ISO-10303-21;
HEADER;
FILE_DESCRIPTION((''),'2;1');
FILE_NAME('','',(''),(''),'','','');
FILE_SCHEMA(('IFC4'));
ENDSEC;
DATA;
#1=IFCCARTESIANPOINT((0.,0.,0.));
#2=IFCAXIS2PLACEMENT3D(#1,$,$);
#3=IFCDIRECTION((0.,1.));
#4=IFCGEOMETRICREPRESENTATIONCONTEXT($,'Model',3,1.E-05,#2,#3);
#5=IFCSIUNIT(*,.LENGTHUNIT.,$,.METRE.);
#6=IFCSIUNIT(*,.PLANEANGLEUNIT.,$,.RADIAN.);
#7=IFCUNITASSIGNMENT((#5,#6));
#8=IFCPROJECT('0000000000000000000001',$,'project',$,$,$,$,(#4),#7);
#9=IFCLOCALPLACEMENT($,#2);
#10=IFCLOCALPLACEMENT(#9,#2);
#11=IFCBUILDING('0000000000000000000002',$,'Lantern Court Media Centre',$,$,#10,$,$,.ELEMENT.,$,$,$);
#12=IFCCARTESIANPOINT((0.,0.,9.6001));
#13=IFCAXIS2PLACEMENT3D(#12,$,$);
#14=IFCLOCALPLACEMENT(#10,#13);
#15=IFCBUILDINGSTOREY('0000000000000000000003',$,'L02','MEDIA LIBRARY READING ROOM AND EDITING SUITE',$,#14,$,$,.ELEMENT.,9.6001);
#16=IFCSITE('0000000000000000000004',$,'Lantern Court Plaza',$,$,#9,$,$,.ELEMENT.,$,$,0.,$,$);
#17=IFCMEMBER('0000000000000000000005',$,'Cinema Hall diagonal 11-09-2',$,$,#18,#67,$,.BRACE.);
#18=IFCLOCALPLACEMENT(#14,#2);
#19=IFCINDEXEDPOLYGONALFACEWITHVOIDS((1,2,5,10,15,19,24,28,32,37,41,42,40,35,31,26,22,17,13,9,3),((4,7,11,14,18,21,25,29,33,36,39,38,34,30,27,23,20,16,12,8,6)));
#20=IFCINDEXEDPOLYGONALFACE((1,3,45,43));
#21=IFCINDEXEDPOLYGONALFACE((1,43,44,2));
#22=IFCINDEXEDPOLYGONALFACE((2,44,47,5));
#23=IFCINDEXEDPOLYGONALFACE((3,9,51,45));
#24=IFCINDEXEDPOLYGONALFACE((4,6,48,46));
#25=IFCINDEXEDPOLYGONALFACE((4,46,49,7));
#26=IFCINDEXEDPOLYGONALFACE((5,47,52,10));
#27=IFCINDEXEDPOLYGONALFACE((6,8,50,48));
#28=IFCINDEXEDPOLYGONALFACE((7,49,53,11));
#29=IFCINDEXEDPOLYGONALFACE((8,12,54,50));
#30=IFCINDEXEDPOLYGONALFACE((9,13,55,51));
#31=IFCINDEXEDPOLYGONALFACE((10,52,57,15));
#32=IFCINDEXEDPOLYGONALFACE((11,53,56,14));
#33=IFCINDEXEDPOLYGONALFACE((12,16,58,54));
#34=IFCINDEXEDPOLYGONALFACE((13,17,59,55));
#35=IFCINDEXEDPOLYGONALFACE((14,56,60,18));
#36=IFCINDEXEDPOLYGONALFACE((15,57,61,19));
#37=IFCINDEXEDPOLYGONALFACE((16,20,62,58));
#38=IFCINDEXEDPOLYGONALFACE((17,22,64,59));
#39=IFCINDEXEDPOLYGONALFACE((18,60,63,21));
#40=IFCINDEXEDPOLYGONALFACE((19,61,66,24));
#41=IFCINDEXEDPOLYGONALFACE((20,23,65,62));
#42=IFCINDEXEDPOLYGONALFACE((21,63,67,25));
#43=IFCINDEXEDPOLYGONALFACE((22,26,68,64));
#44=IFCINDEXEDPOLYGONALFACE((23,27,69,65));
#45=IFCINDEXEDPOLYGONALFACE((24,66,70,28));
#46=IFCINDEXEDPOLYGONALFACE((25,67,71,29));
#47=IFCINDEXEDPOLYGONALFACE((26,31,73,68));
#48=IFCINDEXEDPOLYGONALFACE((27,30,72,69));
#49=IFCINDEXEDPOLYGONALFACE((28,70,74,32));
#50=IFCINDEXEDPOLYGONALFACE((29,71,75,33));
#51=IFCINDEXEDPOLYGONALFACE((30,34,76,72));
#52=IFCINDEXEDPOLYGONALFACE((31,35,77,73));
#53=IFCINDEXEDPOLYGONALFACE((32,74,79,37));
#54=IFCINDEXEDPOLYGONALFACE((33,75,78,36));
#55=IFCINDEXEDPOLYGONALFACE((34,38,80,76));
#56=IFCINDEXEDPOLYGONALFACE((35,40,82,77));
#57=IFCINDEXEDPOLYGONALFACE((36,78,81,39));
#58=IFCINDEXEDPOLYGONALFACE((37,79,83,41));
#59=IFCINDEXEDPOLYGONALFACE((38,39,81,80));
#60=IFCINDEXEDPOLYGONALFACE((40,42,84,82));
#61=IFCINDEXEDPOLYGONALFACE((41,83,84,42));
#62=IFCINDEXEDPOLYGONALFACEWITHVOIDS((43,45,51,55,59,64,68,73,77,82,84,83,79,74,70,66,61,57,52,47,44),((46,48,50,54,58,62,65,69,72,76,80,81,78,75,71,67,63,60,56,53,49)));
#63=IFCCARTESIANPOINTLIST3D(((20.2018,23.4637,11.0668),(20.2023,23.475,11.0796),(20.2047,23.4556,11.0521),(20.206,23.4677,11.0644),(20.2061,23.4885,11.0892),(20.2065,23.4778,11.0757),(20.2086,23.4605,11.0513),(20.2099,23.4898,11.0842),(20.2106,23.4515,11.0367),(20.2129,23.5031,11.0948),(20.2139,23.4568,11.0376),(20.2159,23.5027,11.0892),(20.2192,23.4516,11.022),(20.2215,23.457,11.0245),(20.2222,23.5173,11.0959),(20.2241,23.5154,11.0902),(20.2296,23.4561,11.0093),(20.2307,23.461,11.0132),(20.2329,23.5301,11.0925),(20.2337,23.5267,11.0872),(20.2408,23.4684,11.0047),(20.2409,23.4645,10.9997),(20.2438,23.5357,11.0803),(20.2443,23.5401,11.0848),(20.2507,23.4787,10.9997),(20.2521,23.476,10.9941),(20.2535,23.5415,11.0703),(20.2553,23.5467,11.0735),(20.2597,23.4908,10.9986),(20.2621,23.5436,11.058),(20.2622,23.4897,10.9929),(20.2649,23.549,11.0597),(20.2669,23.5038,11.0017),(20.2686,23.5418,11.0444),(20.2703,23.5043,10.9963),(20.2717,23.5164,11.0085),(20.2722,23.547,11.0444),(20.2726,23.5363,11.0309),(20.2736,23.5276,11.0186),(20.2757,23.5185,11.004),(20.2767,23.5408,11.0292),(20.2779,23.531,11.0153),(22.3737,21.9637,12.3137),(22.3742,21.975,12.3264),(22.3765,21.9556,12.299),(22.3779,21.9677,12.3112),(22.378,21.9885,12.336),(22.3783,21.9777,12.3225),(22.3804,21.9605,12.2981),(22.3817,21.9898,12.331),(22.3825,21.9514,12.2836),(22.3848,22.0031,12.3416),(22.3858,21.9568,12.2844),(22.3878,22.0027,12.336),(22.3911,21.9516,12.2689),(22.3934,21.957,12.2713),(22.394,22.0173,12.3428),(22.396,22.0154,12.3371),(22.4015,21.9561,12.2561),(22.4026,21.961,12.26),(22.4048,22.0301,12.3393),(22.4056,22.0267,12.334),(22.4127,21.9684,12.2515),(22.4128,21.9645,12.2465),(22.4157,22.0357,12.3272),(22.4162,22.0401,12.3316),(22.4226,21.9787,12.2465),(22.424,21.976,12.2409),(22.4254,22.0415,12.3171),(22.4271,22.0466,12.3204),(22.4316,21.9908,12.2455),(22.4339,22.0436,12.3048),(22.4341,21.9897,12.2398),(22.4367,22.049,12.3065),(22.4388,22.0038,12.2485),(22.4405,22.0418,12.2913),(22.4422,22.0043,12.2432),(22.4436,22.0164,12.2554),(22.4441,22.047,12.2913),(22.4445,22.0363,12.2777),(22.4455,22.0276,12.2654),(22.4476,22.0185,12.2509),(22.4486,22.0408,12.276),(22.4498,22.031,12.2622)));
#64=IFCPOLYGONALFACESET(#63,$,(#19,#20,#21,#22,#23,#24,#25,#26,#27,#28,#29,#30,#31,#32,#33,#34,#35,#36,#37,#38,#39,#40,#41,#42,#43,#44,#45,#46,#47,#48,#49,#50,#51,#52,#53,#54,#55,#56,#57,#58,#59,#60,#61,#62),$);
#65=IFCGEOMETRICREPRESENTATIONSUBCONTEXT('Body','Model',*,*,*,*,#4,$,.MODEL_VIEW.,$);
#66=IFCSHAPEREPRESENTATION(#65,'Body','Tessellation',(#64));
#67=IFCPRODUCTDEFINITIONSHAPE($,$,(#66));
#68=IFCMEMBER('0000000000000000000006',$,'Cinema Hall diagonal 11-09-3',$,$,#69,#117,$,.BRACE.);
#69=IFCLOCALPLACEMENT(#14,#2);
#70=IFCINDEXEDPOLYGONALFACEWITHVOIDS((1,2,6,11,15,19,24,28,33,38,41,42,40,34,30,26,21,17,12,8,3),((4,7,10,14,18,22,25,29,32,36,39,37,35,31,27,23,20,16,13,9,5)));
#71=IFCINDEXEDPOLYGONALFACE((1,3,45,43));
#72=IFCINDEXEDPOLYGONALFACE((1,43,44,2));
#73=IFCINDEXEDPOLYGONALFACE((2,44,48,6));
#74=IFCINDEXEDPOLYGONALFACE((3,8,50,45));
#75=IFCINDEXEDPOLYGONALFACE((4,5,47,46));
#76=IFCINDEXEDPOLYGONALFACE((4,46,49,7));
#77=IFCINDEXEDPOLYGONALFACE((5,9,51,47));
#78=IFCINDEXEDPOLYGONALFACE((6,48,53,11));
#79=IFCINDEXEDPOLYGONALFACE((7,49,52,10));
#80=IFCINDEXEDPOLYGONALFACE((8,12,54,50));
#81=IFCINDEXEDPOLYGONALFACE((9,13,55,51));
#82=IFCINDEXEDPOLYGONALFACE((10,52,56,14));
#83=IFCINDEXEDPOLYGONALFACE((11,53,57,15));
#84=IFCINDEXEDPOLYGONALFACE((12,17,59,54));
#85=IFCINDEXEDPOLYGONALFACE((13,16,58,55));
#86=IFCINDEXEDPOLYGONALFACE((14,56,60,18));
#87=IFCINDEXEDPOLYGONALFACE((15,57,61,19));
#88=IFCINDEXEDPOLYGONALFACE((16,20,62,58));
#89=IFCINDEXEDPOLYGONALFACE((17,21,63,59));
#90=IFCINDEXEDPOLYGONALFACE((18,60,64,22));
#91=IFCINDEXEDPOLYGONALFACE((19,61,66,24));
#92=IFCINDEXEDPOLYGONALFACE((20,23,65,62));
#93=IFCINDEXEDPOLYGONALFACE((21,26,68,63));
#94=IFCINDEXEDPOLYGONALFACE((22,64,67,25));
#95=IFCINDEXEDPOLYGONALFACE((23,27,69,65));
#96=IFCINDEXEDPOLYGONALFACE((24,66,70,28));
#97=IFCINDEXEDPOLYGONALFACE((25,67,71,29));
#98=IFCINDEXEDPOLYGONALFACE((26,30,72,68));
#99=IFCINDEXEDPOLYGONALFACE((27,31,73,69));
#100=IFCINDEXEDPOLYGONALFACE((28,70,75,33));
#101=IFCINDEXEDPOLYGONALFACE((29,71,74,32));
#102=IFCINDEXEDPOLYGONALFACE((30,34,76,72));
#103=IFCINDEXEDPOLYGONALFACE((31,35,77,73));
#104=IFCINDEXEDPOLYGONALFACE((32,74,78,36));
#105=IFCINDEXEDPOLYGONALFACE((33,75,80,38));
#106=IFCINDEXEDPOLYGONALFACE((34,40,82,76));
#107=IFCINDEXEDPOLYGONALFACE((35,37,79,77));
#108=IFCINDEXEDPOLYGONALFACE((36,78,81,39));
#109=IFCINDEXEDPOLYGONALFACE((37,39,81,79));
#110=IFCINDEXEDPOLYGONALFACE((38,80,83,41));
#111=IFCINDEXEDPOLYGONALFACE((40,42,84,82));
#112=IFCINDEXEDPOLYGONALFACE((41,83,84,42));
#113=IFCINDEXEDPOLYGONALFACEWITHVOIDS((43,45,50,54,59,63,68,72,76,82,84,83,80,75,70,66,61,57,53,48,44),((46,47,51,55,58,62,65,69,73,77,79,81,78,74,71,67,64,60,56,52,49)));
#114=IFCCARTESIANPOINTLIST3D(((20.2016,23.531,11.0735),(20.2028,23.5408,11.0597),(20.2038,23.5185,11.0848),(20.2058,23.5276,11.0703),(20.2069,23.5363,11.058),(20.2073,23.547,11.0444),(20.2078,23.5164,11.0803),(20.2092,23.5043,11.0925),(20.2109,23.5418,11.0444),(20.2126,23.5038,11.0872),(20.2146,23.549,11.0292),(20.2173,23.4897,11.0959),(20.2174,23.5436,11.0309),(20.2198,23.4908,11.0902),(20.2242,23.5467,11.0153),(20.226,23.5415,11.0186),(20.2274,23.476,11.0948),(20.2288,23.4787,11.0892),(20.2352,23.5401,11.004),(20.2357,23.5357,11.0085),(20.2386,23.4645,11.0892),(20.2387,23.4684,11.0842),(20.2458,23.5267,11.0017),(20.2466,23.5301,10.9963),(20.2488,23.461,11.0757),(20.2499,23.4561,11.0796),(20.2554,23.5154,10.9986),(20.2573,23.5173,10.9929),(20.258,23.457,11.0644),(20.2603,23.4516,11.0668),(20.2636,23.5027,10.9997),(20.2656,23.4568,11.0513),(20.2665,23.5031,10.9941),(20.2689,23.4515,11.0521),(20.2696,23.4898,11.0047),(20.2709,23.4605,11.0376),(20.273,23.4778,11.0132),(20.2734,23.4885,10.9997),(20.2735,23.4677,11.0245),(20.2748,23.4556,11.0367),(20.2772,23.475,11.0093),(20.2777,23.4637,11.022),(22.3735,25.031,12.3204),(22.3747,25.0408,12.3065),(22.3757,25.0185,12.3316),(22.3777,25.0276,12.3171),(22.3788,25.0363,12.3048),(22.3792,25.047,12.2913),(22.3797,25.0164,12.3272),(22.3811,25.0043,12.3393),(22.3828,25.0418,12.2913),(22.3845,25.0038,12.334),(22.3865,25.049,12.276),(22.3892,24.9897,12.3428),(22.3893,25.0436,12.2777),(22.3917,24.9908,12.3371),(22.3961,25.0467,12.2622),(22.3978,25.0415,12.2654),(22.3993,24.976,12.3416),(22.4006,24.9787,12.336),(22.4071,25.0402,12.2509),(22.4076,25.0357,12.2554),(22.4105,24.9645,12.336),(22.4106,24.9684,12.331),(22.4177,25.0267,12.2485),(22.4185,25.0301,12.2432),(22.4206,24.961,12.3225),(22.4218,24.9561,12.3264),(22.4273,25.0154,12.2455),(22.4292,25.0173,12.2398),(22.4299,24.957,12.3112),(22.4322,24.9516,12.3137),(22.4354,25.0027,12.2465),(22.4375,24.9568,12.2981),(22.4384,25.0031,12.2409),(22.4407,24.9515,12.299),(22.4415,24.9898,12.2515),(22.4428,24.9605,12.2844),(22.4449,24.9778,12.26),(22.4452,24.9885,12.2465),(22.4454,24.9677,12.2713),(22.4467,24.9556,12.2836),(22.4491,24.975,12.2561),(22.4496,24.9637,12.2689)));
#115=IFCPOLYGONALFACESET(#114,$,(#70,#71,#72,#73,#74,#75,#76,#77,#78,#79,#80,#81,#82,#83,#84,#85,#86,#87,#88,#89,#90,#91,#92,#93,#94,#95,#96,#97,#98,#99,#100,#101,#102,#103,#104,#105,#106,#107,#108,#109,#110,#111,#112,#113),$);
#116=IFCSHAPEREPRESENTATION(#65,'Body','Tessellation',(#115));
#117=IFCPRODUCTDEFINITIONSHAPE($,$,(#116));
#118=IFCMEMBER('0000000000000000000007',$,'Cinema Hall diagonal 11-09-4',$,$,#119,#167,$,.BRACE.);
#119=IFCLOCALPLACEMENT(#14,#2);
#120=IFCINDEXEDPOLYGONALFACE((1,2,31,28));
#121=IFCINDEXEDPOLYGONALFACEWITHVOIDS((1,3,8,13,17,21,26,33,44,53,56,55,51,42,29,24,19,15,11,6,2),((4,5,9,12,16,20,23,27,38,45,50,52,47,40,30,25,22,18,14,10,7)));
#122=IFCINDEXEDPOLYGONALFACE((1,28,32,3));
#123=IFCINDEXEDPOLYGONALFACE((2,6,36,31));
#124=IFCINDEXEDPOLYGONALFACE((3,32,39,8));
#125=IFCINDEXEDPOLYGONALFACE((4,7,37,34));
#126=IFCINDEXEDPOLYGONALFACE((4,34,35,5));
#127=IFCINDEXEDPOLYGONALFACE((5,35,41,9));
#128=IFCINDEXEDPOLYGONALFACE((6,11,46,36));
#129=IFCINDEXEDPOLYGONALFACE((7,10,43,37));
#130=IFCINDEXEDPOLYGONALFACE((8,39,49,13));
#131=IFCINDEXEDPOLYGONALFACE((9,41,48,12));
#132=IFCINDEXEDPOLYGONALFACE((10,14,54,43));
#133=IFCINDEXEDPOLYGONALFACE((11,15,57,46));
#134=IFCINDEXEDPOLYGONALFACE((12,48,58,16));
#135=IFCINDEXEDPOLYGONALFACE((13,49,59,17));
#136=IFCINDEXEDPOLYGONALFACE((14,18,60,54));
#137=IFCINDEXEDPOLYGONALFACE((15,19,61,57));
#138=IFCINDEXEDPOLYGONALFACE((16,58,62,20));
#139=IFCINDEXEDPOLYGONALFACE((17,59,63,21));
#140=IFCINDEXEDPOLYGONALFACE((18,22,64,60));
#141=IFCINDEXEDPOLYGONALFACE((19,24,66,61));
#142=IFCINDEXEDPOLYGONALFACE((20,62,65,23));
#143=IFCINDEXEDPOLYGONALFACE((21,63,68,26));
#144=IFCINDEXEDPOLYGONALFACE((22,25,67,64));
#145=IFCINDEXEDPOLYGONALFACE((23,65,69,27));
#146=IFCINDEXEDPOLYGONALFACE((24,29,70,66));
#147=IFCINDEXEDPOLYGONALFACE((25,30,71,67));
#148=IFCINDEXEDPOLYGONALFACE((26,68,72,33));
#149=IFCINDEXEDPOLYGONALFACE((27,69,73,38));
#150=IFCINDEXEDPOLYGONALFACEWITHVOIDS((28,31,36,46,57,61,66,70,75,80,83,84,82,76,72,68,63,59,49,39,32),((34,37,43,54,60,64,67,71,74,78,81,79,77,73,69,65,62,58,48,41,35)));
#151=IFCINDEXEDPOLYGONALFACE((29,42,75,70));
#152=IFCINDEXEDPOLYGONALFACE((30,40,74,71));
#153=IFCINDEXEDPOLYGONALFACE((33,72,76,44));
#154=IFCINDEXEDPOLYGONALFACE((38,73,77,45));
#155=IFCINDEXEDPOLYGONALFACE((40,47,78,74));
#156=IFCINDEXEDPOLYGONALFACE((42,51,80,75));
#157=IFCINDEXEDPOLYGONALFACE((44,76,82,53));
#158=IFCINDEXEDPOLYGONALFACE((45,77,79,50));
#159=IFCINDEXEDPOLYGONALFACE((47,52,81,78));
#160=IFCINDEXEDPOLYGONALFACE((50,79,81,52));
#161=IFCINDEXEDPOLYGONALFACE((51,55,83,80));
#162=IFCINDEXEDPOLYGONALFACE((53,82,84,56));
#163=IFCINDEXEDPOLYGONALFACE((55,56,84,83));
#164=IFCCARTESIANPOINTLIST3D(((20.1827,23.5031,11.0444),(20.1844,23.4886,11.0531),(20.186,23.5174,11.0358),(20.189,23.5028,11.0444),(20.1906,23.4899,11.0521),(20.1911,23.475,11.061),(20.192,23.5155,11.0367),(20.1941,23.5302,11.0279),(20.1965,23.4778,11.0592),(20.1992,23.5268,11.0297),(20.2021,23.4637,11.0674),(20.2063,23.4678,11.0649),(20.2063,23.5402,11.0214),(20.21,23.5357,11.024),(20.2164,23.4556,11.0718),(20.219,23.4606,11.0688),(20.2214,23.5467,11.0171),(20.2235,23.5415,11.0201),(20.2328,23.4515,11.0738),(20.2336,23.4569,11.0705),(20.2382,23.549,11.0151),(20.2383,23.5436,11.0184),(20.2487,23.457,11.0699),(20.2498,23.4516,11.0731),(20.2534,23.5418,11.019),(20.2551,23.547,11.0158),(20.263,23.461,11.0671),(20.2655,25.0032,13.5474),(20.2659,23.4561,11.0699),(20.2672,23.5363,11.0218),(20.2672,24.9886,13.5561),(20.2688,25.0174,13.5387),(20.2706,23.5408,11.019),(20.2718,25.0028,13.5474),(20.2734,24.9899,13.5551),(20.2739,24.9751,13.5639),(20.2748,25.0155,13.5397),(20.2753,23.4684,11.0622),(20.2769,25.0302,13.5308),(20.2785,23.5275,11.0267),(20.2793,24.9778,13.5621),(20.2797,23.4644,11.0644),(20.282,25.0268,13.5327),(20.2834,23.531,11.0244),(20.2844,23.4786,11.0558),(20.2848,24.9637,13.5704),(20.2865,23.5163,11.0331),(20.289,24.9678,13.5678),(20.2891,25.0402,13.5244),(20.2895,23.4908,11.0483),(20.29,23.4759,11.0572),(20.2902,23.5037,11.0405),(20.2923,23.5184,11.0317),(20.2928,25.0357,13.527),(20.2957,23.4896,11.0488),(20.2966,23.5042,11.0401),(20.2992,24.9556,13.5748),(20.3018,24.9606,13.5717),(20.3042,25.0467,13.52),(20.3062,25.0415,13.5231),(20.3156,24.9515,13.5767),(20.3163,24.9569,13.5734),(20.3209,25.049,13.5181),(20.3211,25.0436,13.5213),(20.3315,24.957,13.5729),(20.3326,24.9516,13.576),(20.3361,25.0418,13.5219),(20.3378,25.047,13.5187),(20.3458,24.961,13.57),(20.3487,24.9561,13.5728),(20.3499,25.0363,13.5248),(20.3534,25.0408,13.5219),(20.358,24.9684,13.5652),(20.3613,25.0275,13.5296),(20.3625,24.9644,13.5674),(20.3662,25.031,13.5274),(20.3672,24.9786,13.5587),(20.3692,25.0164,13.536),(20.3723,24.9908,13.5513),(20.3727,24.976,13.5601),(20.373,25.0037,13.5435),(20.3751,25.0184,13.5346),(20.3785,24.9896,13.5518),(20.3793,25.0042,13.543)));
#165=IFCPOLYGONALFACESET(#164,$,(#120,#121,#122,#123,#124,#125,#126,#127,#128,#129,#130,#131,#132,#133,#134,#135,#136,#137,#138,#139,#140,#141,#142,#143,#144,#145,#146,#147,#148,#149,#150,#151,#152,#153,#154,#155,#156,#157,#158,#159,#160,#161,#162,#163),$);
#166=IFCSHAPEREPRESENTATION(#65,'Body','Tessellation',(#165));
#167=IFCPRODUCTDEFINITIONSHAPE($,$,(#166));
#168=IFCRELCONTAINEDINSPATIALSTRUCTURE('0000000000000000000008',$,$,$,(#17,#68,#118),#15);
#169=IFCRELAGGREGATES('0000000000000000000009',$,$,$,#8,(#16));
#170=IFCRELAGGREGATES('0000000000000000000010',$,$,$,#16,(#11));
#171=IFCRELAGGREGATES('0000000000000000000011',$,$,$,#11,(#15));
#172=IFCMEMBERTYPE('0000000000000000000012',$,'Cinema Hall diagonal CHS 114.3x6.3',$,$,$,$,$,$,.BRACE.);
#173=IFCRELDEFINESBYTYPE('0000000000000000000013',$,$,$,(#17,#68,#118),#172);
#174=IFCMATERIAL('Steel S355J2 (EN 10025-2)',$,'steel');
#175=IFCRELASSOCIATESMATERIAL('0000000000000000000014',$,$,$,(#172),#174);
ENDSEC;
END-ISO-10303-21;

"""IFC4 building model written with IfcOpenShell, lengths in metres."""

from ifc_helpers import new_model, si_unit, direction, frame, origin, origin_2d, place, context, subcontext, project, spatial, hollow_circle, extrude, material, material_profile, profile_set, type_object, element, save


model = new_model("IFC4")

# Units and contexts
model_context = context("Model", 3, precision=1e-05, world=origin(), true_north=direction((0.0, 1.0)))
body_context = subcontext(model_context, "Body", "Model", "MODEL_VIEW")
ifc_project = project(units=[si_unit("LENGTHUNIT", "METRE"), si_unit("PLANEANGLEUNIT", "RADIAN")], contexts=[model_context])

# Site, building, storey
site_placement = place(None, origin())
site = spatial("IfcSite", under=ifc_project, at=site_placement, Name="Lantern Court Plaza", CompositionType="ELEMENT", RefElevation=0.0)
building_placement = place(site_placement, origin())
building = spatial("IfcBuilding", under=site, at=building_placement, Name="Lantern Court Media Centre", CompositionType="ELEMENT")
storey_placement = place(building_placement, frame((0.0, 0.0, 9.6001)))
storey = spatial("IfcBuildingStorey", under=building, at=storey_placement, Name="L02", Description="MEDIA LIBRARY READING ROOM AND EDITING SUITE", CompositionType="ELEMENT", Elevation=9.6001)

# Members
ifc_material = material(Name="Steel S355J2 (EN 10025-2)", Category="steel")
ifc_material_profile_1 = material_profile(ifc_material, hollow_circle(Radius=0.0571, WallThickness=0.0063, at=origin_2d()), Name="Cinema Hall diagonal CHS 114.3x6.3")
ifc_profile_set_1 = profile_set([ifc_material_profile_1], Name="Steel S355J2 (EN 10025-2)")
member_type_1 = type_object("IfcMemberType", Name="Cinema Hall diagonal CHS 114.3x6.3", PredefinedType="BRACE", material=ifc_profile_set_1)
for number, where, z_axis, x_axis, name in (
    (1, (20.2397, 23.5, 11.0444), (0.744002, -0.513843, 0.427115), (0.568286, 0.822831, 0.0), "Cinema Hall diagonal 11-09-2"),
    (2, (20.2397, 23.5, 11.0444), (0.744002, 0.513843, 0.427115), (-0.568286, 0.822831, 0.0), "Cinema Hall diagonal 11-09-3"),
    (3, (20.2397, 23.5, 11.0444), (0.028352, 0.513846, 0.857414), (-0.998481, 0.055092, 0.0), "Cinema Hall diagonal 11-09-4"),
):
    element("IfcMember", number, at=place(storey_placement, frame(where, z_axis=z_axis, x_axis=x_axis)), inside=storey, type_object=member_type_1, Name=name, PredefinedType="BRACE", context=body_context, shape_type="SweptSolid", body=[
        extrude(hollow_circle(Radius=0.0571, WallThickness=0.0063, at=origin_2d()), origin(), (0.0, 0.0, 1.0), 2.9192),
    ])

save(model, "model.ifc")
